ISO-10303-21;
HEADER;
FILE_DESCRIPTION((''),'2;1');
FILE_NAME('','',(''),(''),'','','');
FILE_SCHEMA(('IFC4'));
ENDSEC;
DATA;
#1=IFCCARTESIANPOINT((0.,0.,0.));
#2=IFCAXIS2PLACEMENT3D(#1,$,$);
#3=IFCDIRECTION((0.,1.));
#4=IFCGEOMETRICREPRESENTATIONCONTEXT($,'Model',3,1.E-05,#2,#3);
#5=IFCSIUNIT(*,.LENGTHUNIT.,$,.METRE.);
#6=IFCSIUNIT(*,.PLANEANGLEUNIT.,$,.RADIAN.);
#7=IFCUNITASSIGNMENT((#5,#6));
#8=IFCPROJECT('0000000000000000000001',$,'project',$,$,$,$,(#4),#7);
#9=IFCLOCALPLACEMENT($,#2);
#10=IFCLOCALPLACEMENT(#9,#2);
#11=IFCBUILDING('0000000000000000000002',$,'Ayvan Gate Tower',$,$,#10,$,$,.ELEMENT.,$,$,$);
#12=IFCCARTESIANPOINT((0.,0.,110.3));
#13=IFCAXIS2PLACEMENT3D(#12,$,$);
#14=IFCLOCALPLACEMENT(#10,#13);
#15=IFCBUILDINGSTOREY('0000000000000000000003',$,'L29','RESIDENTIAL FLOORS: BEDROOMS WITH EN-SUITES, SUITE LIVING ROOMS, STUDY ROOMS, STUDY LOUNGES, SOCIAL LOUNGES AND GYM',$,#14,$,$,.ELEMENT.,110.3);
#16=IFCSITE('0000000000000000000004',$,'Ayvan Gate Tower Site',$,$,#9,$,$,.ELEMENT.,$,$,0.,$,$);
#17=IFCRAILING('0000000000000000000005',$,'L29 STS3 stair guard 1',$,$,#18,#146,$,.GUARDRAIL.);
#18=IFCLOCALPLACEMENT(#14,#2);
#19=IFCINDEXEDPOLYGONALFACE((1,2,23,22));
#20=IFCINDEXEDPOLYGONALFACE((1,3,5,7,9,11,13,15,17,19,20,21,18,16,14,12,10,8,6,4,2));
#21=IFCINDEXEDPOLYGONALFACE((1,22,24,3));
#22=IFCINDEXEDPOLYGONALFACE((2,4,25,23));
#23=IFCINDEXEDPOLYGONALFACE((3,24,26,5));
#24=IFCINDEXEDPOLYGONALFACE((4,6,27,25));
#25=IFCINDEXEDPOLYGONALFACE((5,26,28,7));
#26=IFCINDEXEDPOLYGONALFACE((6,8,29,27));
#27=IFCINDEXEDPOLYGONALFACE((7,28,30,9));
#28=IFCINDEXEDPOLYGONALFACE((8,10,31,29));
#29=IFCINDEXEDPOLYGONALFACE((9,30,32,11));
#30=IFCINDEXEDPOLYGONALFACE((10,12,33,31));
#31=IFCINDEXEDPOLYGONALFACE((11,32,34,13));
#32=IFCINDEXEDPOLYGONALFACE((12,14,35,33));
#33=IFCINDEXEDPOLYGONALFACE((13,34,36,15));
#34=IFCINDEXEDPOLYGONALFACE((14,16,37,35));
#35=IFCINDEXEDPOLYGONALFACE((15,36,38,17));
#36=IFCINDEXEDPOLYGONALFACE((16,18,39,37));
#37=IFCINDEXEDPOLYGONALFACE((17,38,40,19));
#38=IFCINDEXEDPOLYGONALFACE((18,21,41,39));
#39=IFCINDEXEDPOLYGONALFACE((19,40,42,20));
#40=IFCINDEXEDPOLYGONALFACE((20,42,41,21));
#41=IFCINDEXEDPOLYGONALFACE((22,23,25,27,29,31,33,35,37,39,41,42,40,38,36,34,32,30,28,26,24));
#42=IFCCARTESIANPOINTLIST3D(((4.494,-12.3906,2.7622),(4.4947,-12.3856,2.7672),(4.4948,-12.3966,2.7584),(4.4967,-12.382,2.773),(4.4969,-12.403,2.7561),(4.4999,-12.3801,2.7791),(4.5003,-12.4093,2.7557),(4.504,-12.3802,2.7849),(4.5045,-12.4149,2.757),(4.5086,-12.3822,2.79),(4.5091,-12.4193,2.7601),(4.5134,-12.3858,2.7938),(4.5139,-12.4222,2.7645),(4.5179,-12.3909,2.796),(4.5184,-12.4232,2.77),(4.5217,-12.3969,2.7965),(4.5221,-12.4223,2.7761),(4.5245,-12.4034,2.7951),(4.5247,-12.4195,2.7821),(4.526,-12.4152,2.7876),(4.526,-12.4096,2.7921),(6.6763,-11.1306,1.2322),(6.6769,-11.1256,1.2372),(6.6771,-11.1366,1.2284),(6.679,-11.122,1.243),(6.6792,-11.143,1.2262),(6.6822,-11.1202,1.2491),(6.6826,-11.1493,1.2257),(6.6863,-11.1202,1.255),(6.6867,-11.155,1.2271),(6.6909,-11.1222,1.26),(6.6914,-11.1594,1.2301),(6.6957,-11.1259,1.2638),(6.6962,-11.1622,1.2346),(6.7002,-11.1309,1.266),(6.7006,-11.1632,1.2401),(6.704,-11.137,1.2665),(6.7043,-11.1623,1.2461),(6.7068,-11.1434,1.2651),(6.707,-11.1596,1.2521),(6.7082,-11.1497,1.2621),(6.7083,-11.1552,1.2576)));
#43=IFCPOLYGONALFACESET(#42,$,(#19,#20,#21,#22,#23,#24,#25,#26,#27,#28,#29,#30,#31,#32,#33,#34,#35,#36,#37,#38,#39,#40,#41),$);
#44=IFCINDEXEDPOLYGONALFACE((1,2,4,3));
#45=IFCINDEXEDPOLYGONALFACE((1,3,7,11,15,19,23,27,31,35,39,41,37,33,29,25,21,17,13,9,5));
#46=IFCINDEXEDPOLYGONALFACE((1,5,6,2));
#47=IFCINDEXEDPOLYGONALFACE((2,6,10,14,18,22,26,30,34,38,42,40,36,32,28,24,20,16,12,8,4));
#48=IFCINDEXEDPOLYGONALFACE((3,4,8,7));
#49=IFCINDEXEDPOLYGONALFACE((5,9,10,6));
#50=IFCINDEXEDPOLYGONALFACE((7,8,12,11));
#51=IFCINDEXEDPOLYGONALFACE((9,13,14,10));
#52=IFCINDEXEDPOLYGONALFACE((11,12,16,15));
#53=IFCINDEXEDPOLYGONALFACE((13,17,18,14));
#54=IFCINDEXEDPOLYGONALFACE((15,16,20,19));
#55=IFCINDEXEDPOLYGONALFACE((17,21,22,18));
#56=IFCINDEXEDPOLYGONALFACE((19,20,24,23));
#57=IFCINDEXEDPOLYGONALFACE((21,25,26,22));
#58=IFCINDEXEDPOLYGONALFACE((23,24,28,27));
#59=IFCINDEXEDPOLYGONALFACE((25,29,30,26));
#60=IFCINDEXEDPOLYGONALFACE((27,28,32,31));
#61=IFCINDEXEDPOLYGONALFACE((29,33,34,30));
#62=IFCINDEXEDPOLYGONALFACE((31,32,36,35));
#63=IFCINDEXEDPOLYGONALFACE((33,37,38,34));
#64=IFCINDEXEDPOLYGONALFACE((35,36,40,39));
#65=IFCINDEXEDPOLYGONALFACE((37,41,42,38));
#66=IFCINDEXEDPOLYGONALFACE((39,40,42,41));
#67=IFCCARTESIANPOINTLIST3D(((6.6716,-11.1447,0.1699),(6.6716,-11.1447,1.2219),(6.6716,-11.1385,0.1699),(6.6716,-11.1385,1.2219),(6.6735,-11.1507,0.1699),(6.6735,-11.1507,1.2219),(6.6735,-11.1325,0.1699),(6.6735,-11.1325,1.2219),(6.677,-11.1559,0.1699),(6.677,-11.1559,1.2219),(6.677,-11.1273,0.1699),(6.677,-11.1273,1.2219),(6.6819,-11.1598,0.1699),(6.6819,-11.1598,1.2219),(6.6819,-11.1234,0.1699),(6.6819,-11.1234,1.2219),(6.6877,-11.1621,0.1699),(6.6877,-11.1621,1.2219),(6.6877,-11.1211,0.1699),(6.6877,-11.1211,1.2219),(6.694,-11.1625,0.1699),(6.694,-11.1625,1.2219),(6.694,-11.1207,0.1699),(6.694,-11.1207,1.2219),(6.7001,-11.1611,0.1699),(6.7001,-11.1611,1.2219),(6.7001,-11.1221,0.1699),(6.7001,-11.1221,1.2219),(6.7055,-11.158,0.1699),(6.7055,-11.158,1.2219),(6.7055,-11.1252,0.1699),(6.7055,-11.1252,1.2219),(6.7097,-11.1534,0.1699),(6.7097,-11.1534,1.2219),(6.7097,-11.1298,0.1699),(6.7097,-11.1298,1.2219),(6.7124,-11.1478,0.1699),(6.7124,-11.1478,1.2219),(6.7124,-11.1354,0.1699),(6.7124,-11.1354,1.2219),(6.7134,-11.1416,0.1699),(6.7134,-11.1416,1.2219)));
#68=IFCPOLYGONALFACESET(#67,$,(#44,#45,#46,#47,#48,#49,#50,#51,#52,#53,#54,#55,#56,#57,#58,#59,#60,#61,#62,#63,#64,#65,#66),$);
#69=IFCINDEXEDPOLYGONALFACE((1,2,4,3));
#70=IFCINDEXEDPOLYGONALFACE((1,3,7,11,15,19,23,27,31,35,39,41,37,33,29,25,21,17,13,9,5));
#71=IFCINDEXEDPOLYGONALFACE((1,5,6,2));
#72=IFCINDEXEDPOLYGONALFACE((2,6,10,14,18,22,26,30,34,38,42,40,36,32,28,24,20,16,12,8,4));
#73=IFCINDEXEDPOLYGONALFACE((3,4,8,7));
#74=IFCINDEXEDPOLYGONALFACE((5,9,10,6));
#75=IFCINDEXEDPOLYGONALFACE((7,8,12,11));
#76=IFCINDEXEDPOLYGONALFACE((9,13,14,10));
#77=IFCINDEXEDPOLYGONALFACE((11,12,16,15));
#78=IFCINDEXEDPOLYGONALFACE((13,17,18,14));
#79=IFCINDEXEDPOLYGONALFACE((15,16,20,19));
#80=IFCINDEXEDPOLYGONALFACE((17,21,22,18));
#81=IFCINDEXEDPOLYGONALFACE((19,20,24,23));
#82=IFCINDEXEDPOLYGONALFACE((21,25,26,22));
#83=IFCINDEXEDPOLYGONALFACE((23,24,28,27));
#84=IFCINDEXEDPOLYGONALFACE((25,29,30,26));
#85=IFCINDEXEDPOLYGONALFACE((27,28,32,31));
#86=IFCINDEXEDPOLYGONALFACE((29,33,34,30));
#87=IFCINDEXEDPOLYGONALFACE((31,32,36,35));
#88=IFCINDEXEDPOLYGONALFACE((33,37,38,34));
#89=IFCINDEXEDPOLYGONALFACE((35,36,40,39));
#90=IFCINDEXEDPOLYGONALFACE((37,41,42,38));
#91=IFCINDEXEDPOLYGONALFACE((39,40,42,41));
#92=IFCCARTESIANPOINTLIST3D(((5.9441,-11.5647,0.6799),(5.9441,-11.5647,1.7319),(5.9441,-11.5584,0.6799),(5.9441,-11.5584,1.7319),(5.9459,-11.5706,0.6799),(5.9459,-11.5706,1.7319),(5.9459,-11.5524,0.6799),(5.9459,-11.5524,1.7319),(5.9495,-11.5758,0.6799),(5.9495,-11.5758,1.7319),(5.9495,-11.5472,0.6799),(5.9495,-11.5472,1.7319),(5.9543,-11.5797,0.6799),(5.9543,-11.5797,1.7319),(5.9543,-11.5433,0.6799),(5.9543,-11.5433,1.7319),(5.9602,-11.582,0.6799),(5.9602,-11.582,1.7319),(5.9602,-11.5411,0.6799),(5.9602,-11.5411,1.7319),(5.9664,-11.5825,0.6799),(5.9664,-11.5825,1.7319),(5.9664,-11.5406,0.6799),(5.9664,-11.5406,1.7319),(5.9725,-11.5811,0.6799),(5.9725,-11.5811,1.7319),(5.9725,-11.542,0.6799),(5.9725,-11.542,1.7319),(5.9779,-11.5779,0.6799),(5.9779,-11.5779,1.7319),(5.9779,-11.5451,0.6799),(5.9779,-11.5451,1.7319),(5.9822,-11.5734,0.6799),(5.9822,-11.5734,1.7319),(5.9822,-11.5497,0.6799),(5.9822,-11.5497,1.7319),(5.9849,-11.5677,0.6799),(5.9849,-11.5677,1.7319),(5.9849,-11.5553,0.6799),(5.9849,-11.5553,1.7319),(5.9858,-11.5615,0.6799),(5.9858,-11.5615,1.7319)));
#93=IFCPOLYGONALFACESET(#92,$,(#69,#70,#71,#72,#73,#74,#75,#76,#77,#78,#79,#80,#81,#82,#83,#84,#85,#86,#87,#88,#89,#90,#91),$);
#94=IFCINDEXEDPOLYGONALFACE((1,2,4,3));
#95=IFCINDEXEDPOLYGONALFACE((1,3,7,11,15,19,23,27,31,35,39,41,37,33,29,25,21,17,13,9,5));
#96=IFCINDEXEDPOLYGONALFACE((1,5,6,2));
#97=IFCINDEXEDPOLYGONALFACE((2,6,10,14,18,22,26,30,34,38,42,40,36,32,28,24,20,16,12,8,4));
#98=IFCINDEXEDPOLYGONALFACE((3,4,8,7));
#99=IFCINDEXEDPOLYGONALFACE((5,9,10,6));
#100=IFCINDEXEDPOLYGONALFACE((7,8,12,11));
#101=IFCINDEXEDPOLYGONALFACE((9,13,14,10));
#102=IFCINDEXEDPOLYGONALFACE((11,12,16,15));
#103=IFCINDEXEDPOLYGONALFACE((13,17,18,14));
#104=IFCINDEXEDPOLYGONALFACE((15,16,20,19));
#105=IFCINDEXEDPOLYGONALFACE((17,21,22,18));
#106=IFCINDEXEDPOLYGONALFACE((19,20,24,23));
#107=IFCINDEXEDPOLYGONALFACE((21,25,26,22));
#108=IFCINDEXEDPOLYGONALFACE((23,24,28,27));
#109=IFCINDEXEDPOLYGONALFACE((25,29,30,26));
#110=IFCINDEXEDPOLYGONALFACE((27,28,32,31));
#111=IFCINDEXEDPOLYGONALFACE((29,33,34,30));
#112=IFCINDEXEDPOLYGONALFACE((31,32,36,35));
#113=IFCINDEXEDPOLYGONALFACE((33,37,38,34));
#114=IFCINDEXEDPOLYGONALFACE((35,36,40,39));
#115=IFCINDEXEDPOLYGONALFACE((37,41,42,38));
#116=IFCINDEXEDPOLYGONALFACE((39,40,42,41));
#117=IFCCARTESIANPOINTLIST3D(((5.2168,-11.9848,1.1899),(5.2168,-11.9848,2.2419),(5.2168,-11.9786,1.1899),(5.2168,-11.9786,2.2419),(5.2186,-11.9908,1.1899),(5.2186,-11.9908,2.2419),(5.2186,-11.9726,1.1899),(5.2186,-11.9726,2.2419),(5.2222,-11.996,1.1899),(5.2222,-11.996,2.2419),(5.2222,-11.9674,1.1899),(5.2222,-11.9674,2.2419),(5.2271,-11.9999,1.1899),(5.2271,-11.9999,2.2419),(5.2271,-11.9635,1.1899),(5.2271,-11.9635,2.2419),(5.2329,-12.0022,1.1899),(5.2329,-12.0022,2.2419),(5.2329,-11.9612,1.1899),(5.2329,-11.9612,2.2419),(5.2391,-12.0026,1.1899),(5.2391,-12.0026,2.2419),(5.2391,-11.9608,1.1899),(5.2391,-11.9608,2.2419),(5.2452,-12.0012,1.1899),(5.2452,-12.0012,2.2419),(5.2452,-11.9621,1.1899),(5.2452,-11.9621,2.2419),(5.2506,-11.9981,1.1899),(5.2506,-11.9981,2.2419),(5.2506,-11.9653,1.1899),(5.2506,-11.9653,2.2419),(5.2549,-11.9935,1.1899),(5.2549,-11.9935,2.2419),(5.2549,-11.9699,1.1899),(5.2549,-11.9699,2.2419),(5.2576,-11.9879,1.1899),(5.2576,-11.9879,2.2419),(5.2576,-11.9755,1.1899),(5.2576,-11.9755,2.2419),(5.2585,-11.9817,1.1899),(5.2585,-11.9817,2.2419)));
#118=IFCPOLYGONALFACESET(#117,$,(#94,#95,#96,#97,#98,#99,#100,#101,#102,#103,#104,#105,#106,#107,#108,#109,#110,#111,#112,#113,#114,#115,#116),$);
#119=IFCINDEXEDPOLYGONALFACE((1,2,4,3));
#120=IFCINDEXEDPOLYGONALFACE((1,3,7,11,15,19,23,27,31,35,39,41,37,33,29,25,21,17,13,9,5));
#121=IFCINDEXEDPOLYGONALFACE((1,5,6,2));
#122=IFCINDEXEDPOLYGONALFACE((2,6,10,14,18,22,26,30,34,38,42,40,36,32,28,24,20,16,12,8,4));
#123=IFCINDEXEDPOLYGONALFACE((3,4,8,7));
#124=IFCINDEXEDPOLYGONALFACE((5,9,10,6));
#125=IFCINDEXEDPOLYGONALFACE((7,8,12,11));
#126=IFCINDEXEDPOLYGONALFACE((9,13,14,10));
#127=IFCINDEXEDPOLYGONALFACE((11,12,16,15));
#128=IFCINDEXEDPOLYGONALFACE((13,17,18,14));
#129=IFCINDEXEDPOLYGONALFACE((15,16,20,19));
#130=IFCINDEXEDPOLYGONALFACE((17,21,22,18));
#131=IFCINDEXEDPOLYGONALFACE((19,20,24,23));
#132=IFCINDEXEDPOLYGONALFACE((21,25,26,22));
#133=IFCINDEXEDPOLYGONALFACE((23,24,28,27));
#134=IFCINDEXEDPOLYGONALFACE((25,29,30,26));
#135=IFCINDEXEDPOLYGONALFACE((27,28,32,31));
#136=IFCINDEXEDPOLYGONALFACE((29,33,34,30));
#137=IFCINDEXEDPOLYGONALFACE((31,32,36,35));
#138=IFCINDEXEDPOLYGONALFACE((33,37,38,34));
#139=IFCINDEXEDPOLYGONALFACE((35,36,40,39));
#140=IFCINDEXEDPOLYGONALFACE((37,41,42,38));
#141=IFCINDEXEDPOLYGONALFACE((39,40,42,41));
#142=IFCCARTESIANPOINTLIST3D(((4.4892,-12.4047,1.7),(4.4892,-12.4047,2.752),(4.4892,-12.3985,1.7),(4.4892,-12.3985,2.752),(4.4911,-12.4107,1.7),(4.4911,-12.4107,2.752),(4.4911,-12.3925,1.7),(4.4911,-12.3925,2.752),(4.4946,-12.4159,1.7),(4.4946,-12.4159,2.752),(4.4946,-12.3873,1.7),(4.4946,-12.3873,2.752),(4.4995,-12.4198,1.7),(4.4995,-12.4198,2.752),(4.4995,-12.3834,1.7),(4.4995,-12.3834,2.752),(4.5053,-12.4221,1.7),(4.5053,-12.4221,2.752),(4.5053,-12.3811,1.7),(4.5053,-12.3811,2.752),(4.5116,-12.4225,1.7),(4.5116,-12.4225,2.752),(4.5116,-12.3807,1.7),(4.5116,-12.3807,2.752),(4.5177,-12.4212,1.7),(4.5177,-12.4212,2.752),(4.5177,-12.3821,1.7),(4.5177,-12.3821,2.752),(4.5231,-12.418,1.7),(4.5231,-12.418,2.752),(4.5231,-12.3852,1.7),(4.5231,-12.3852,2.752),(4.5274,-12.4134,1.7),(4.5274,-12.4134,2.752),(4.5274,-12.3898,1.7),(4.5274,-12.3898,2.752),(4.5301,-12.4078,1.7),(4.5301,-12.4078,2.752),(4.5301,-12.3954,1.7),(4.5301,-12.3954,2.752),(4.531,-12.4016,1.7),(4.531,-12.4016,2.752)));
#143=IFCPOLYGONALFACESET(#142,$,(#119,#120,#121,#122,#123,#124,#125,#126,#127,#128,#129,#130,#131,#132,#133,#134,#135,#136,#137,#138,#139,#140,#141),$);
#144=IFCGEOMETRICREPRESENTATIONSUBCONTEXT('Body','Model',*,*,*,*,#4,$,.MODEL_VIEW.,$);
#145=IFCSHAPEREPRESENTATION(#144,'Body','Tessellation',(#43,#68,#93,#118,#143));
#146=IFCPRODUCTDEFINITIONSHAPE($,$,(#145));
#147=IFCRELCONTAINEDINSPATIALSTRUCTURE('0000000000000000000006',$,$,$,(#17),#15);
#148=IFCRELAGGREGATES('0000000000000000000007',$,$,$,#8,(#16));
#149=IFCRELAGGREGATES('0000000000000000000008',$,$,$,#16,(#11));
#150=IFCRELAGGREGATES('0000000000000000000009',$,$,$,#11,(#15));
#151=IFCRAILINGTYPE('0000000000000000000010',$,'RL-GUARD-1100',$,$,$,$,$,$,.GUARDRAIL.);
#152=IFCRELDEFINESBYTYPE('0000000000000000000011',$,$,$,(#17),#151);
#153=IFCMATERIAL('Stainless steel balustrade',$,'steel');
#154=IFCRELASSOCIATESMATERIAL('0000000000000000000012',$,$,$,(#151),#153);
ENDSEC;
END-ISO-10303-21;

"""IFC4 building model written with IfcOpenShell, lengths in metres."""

from ifc_helpers import new_model, si_unit, direction, frame, origin, origin_2d, place, context, subcontext, project, spatial, circle, extrude, material, type_object, element, save


model = new_model("IFC4")

# Units and contexts
model_context = context("Model", 3, precision=1e-05, world=origin(), true_north=direction((0.0, 1.0)))
body_context = subcontext(model_context, "Body", "Model", "MODEL_VIEW")
ifc_project = project(units=[si_unit("LENGTHUNIT", "METRE"), si_unit("PLANEANGLEUNIT", "RADIAN")], contexts=[model_context])

# Site, building, storey
site_placement = place(None, origin())
site = spatial("IfcSite", under=ifc_project, at=site_placement, Name="Ayvan Gate Tower Site", CompositionType="ELEMENT", RefElevation=0.0)
building_placement = place(site_placement, origin())
building = spatial("IfcBuilding", under=site, at=building_placement, Name="Ayvan Gate Tower", CompositionType="ELEMENT")
storey_placement = place(building_placement, frame((0.0, 0.0, 110.3)))
storey = spatial("IfcBuildingStorey", under=building, at=storey_placement, Name="L29", Description="RESIDENTIAL FLOORS: BEDROOMS WITH EN-SUITES, SUITE LIVING ROOMS, STUDY ROOMS, STUDY LOUNGES, SOCIAL LOUNGES AND GYM", CompositionType="ELEMENT", Elevation=110.3)

# Railing
ifc_material_1 = material(Name="Stainless steel balustrade", Category="steel")
railing_type_1 = type_object("IfcRailingType", Name="RL-GUARD-1100", PredefinedType="GUARDRAIL", material=ifc_material_1)
railing_1_placement = place(storey_placement, frame((6.6924, -11.1416, 0.1699)))
element("IfcRailing", 1, at=railing_1_placement, inside=storey, type_object=railing_type_1, Name="L29 STS3 stair guard 1", PredefinedType="GUARDRAIL", context=body_context, shape_type="SweptSolid", body=[
    extrude(circle(Radius=0.0239, at=origin_2d()), frame((0.0, 0.0, 1.0762), z_axis=(-0.740261, -0.427395, 0.518986), x_axis=(0.500005, -0.866023, 0.0)), (0.0, 0.0, 1.0), 2.948),
    extrude(circle(Radius=0.021, at=origin_2d()), origin(), (0.0, 0.0, 1.0), 1.052),
    extrude(circle(Radius=0.021, at=origin_2d()), frame((-0.7275, -0.4199, 0.51)), (0.0, 0.0, 1.0), 1.052),
    extrude(circle(Radius=0.021, at=origin_2d()), frame((-1.4548, -0.8401, 1.02)), (0.0, 0.0, 1.0), 1.052),
    extrude(circle(Radius=0.021, at=origin_2d()), frame((-2.1824, -1.26, 1.53)), (0.0, 0.0, 1.0), 1.052),
])

save(model, "model.ifc")
